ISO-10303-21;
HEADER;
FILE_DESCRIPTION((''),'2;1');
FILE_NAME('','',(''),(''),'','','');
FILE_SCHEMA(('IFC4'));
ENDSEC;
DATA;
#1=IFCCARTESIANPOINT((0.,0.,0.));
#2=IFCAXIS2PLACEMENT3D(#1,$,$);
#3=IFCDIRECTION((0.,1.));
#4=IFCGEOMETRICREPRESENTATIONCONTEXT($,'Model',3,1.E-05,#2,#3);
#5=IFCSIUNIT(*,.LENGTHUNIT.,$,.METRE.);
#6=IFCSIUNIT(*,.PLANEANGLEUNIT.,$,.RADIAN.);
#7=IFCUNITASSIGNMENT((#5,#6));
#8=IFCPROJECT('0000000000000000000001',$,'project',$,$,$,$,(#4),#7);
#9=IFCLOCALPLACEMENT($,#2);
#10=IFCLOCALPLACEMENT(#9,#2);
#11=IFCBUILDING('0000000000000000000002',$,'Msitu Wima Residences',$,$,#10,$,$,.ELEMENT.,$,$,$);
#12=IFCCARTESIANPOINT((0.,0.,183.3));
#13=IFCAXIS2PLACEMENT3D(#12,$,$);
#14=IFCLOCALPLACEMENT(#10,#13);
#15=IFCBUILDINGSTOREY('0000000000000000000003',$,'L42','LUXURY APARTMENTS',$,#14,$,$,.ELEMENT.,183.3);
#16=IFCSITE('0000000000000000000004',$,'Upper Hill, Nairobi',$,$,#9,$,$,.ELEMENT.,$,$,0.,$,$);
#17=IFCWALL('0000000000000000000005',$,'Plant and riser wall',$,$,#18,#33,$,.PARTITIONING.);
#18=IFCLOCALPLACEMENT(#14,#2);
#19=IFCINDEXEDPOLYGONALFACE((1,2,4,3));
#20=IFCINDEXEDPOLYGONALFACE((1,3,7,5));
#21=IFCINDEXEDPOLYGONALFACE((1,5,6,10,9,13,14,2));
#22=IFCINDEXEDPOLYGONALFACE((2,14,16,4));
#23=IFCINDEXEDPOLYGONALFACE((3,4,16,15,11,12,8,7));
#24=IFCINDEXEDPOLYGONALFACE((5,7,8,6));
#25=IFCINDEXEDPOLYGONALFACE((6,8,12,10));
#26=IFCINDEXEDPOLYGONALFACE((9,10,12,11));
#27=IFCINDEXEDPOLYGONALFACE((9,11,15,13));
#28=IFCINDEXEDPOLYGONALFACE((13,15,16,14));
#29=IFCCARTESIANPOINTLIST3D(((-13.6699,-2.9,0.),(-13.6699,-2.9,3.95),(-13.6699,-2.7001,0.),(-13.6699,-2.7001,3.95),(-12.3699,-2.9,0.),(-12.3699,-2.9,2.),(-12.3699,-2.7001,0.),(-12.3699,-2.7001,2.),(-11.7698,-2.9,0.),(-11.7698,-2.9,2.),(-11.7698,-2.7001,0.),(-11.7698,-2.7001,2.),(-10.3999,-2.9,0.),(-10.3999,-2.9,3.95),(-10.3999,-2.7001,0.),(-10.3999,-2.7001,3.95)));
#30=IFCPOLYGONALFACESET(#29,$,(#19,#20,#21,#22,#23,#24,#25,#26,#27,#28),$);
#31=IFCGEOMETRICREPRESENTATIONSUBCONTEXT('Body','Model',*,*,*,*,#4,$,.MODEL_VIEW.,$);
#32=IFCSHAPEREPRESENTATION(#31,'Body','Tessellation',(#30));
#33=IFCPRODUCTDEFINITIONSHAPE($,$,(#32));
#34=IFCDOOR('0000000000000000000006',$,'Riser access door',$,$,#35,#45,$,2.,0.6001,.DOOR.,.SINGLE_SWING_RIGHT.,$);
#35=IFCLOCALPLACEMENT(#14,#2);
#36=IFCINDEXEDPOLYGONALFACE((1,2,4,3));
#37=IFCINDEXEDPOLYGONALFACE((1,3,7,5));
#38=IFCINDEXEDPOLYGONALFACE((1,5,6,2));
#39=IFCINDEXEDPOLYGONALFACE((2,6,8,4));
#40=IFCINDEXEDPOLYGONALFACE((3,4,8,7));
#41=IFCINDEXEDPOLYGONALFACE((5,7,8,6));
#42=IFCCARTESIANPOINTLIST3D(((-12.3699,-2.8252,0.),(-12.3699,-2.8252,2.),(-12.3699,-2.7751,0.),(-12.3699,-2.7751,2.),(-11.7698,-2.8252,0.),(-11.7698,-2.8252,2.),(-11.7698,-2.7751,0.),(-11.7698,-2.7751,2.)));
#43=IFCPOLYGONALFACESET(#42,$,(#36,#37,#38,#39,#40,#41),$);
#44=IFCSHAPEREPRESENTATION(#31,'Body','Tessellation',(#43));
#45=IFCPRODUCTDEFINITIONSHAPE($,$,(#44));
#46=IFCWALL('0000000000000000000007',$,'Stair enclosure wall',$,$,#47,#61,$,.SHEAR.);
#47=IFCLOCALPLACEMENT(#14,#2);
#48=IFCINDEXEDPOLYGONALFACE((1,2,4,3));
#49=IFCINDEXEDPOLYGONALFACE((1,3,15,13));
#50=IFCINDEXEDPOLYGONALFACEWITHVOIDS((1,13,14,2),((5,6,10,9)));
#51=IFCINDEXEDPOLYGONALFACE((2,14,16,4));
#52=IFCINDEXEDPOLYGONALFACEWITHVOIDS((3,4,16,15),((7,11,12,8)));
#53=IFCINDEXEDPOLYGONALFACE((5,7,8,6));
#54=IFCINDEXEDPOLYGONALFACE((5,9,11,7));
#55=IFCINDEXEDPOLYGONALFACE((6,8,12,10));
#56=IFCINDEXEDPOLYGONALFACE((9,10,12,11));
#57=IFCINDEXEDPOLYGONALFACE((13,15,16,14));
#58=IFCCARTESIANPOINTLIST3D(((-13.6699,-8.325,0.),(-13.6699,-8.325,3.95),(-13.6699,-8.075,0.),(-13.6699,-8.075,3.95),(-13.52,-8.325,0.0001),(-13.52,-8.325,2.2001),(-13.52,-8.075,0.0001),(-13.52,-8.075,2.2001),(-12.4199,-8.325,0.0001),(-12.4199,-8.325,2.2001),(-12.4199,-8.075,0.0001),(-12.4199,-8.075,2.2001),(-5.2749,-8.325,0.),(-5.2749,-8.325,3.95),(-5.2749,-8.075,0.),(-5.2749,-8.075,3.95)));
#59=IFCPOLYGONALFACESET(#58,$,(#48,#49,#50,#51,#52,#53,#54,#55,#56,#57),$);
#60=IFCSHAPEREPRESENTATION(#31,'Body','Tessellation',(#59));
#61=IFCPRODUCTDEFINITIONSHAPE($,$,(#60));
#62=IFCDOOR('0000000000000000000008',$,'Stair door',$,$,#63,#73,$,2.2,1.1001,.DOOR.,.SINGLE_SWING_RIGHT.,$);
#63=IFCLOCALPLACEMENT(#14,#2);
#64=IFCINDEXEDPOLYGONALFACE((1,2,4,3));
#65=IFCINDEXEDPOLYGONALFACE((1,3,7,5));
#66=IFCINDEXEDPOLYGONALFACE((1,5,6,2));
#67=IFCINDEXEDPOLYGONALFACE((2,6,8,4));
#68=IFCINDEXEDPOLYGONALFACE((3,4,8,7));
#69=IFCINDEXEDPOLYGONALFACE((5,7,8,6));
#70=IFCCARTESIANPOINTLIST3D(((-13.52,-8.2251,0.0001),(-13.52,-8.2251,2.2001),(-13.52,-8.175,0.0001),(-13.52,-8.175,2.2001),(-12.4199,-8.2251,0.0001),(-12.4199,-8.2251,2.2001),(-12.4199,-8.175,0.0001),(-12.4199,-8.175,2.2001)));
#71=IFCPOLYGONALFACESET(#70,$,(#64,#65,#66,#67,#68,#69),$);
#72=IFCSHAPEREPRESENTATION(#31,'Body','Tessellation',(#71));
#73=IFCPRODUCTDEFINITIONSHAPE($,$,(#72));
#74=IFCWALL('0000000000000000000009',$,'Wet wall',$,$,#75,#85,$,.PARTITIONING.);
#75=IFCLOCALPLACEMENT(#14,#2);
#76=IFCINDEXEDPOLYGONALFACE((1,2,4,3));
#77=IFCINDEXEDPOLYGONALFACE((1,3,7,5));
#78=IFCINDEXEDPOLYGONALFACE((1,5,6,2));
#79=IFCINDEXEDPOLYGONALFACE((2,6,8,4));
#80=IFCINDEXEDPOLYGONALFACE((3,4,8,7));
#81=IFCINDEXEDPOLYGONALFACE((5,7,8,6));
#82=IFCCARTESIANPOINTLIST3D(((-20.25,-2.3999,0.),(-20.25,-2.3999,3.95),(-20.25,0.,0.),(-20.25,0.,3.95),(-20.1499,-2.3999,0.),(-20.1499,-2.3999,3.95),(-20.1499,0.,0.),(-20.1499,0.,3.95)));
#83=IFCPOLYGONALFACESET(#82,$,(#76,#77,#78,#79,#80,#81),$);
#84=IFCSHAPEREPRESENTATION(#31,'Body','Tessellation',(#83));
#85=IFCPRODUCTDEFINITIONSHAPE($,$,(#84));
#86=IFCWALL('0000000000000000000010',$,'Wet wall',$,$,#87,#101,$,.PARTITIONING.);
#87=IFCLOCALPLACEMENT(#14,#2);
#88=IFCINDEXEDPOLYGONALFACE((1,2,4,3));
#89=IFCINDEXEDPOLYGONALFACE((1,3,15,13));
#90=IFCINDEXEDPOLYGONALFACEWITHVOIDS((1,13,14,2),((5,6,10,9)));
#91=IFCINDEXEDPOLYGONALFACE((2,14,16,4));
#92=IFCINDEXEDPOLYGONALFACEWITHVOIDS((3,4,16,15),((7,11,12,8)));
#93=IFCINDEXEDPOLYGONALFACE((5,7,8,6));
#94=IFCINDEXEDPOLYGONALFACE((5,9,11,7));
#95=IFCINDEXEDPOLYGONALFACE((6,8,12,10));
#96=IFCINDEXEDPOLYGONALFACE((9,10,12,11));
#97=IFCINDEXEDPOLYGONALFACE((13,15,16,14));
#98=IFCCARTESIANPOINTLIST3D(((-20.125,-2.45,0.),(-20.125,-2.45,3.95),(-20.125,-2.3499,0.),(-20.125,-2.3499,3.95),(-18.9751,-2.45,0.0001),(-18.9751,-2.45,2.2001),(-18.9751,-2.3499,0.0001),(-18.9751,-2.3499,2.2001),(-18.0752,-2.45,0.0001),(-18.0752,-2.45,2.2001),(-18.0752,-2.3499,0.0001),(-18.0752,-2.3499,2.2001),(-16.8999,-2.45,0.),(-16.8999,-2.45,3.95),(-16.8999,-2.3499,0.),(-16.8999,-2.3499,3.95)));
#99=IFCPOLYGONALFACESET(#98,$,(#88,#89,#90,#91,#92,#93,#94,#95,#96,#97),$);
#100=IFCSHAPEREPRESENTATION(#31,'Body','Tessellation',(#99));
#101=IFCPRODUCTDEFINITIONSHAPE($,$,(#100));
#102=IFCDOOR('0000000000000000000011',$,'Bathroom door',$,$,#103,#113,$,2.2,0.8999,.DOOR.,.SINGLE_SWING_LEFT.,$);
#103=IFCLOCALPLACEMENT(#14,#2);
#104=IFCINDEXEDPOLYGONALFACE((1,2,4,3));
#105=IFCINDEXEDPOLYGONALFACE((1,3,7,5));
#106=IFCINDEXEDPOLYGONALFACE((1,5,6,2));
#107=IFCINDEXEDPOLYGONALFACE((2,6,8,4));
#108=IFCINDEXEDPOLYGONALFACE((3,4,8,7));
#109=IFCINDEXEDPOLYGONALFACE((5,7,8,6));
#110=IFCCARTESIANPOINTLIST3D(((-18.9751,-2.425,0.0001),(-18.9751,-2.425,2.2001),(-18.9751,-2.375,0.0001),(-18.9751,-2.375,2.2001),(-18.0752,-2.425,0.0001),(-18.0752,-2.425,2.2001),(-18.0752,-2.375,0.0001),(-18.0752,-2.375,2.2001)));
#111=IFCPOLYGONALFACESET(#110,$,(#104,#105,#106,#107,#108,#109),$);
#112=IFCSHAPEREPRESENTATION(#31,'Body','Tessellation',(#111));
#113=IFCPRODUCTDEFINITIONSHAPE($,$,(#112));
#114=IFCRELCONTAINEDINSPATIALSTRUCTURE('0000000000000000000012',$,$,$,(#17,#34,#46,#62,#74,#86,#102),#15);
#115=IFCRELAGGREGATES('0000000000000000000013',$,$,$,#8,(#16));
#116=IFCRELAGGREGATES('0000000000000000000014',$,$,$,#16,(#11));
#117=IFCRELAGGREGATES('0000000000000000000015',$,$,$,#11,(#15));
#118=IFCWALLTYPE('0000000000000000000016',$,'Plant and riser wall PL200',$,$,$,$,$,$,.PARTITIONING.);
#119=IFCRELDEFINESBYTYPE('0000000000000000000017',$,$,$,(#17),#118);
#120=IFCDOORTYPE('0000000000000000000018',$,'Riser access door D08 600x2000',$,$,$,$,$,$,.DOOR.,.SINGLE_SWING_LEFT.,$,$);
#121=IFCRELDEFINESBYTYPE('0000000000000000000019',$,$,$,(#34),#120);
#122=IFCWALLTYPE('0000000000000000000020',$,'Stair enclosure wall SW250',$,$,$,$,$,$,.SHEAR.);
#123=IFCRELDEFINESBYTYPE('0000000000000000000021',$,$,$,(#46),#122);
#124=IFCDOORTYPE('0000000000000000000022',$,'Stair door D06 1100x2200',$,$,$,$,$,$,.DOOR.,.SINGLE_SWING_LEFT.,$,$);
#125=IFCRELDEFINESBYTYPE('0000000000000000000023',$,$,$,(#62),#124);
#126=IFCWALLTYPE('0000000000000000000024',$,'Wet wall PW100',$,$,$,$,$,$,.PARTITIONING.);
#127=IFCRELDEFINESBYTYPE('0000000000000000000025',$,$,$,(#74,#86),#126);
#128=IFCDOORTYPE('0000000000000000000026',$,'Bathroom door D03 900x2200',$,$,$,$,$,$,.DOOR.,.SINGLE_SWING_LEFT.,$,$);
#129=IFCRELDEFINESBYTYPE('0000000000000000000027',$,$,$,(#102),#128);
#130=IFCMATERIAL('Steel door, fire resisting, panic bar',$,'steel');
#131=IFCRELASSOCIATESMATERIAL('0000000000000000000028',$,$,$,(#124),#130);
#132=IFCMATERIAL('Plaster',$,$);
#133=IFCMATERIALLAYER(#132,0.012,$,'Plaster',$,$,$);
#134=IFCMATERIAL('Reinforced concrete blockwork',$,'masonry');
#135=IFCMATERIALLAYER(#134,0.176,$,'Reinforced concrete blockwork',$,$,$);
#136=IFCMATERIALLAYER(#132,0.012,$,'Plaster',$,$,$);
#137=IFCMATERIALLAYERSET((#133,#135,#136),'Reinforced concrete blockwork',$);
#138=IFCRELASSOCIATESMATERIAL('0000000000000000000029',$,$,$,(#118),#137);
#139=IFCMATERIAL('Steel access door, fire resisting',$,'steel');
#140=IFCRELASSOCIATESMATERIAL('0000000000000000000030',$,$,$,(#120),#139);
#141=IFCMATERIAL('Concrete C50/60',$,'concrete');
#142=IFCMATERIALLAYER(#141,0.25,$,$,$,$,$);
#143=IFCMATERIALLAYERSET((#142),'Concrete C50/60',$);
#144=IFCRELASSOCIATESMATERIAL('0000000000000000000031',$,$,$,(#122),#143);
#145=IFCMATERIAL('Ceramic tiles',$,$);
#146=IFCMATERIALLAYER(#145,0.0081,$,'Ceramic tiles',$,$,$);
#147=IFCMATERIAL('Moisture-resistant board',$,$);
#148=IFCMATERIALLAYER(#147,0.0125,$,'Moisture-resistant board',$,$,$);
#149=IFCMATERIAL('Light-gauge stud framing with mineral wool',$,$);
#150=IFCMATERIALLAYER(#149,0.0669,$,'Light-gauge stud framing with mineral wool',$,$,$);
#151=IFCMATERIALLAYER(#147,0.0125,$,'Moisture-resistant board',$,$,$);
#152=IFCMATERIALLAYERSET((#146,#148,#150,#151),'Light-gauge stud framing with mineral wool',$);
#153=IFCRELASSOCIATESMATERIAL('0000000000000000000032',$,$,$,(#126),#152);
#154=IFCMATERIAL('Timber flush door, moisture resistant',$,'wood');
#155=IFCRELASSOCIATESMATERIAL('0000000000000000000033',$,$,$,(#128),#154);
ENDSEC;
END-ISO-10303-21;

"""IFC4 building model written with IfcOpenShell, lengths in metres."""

from ifc_helpers import new_model, si_unit, direction, frame, frame_2d, origin, place, context, subcontext, project, spatial, rectangle, extrude, material, layer, layer_set, type_object, element, fill, save


model = new_model("IFC4")

# Units and contexts
model_context = context("Model", 3, precision=1e-05, world=origin(), true_north=direction((0.0, 1.0)))
body_context = subcontext(model_context, "Body", "Model", "MODEL_VIEW")
ifc_project = project(units=[si_unit("LENGTHUNIT", "METRE"), si_unit("PLANEANGLEUNIT", "RADIAN")], contexts=[model_context])

# Site, building, storey
site_placement = place(None, origin())
site = spatial("IfcSite", under=ifc_project, at=site_placement, Name="Upper Hill, Nairobi", CompositionType="ELEMENT", RefElevation=0.0)
building_placement = place(site_placement, origin())
building = spatial("IfcBuilding", under=site, at=building_placement, Name="Msitu Wima Residences", CompositionType="ELEMENT")
storey_placement = place(building_placement, frame((0.0, 0.0, 183.3)))
storey = spatial("IfcBuildingStorey", under=building, at=storey_placement, Name="L42", Description="LUXURY APARTMENTS", CompositionType="ELEMENT", Elevation=183.3)

# Shared definitions
ifc_material_1 = material(Name="Concrete C50/60", Category="concrete")

# Shared definitions
ifc_material_2 = material(Name="Steel door, fire resisting, panic bar", Category="steel")
door_type_1 = type_object("IfcDoorType", Name="Stair door D06 1100x2200", OperationType="SINGLE_SWING_LEFT", PredefinedType="DOOR", material=ifc_material_2)

# Shared definitions
ifc_material_3 = material(Name="Plaster")

# Walls, openings, doors
ifc_layer_1 = layer(ifc_material_3, 0.012, Name="Plaster")
ifc_material_4 = material(Name="Reinforced concrete blockwork", Category="masonry")
ifc_layer_2 = layer(ifc_material_4, 0.176, Name="Reinforced concrete blockwork")
ifc_layer_3 = layer(ifc_material_3, 0.012, Name="Plaster")
ifc_layer_set_1 = layer_set([ifc_layer_1, ifc_layer_2, ifc_layer_3], Name="Reinforced concrete blockwork")
wall_type_1 = type_object("IfcWallType", Name="Plant and riser wall PL200", PredefinedType="PARTITIONING", material=ifc_layer_set_1)
wall_1_placement = place(storey_placement, frame((-13.6699, -2.8, 0.0), z_axis=(0.0, 0.0, 1.0), x_axis=(1.0, 0.0, 0.0)))
wall_1 = element("IfcWall", 1, at=wall_1_placement, inside=storey, type_object=wall_type_1, Name="Plant and riser wall", PredefinedType="PARTITIONING", context=body_context, shape_type="SweptSolid", body=[
    extrude(rectangle(XDim=3.27, YDim=0.2, at=frame_2d((1.635, 0.0))), origin(), (0.0, 0.0, 1.0), 3.95),
])
opening_1_placement = place(wall_1_placement, frame((1.3, 0.0, 0.0)))
opening_1 = element("IfcOpeningElement", 2, at=opening_1_placement, cuts=wall_1, PredefinedType="OPENING", context=body_context, shape_type="SweptSolid", body=[
    extrude(rectangle(XDim=0.6001, YDim=2.0, at=frame_2d((0.3, 1.0))), frame((0.0, 0.1099, 0.0), z_axis=(0.0, -1.0, 0.0), x_axis=(1.0, 0.0, 0.0)), (0.0, 0.0, 1.0), 0.22),
])
ifc_material_5 = material(Name="Steel access door, fire resisting", Category="steel")
door_type_2 = type_object("IfcDoorType", Name="Riser access door D08 600x2000", OperationType="SINGLE_SWING_LEFT", PredefinedType="DOOR", material=ifc_material_5)
door_1_placement = place(opening_1_placement, origin())
door_1 = element("IfcDoor", 3, at=door_1_placement, inside=storey, type_object=door_type_2, Name="Riser access door", OperationType="SINGLE_SWING_RIGHT", OverallHeight=2.0, OverallWidth=0.6001, PredefinedType="DOOR", context=body_context, shape_type="SweptSolid", body=[
    extrude(rectangle(XDim=0.6001, YDim=2.0, at=frame_2d((0.3, 1.0))), frame((0.0, 0.0249, 0.0), z_axis=(0.0, -1.0, 0.0), x_axis=(1.0, 0.0, 0.0)), (0.0, 0.0, 1.0), 0.05),
])
fill(opening_1, door_1)
ifc_layer_4 = layer(ifc_material_1, 0.25)
ifc_layer_set_2 = layer_set([ifc_layer_4], Name="Concrete C50/60")
wall_type_2 = type_object("IfcWallType", Name="Stair enclosure wall SW250", PredefinedType="SHEAR", material=ifc_layer_set_2)
wall_2_placement = place(storey_placement, frame((-13.6699, -8.2, 0.0), z_axis=(0.0, 0.0, 1.0), x_axis=(1.0, 0.0, 0.0)))
wall_2 = element("IfcWall", 4, at=wall_2_placement, inside=storey, type_object=wall_type_2, Name="Stair enclosure wall", PredefinedType="SHEAR", context=body_context, shape_type="SweptSolid", body=[
    extrude(rectangle(XDim=8.395, YDim=0.25, at=frame_2d((4.1975, 0.0))), origin(), (0.0, 0.0, 1.0), 3.95),
])
opening_2_placement = place(wall_2_placement, frame((0.1499, 0.0, 0.0)))
opening_2 = element("IfcOpeningElement", 5, at=opening_2_placement, cuts=wall_2, PredefinedType="OPENING", context=body_context, shape_type="SweptSolid", body=[
    extrude(rectangle(XDim=1.1001, YDim=2.2, at=frame_2d((0.55, 1.1001))), frame((0.0, 0.135, 0.0), z_axis=(0.0, -1.0, 0.0), x_axis=(1.0, 0.0, 0.0)), (0.0, 0.0, 1.0), 0.27),
])
door_2_placement = place(opening_2_placement, origin())
door_2 = element("IfcDoor", 6, at=door_2_placement, inside=storey, type_object=door_type_1, Name="Stair door", OperationType="SINGLE_SWING_RIGHT", OverallHeight=2.2, OverallWidth=1.1001, PredefinedType="DOOR", context=body_context, shape_type="SweptSolid", body=[
    extrude(rectangle(XDim=1.1001, YDim=2.2, at=frame_2d((0.55, 1.1001))), frame((0.0, 0.0249, 0.0), z_axis=(0.0, -1.0, 0.0), x_axis=(1.0, 0.0, 0.0)), (0.0, 0.0, 1.0), 0.05),
])
fill(opening_2, door_2)

# Wall
ifc_material_6 = material(Name="Ceramic tiles")
ifc_layer_5 = layer(ifc_material_6, 0.0081, Name="Ceramic tiles")
ifc_material_7 = material(Name="Moisture-resistant board")
ifc_layer_6 = layer(ifc_material_7, 0.0125, Name="Moisture-resistant board")
ifc_material_8 = material(Name="Light-gauge stud framing with mineral wool")
ifc_layer_7 = layer(ifc_material_8, 0.0669, Name="Light-gauge stud framing with mineral wool")
ifc_layer_8 = layer(ifc_material_7, 0.0125, Name="Moisture-resistant board")
ifc_layer_set_3 = layer_set([ifc_layer_5, ifc_layer_6, ifc_layer_7, ifc_layer_8], Name="Light-gauge stud framing with mineral wool")
wall_type_3 = type_object("IfcWallType", Name="Wet wall PW100", PredefinedType="PARTITIONING", material=ifc_layer_set_3)
wall_3_placement = place(storey_placement, frame((-20.2, -2.3999, 0.0), z_axis=(0.0, 0.0, 1.0), x_axis=(0.0, 1.0, 0.0)))
element("IfcWall", 7, at=wall_3_placement, inside=storey, type_object=wall_type_3, Name="Wet wall", PredefinedType="PARTITIONING", context=body_context, shape_type="SweptSolid", body=[
    extrude(rectangle(XDim=2.3999, YDim=0.1001, at=frame_2d((1.2, 0.0))), origin(), (0.0, 0.0, 1.0), 3.95),
])

# Wall, opening, door
wall_4_placement = place(storey_placement, frame((-20.125, -2.3999, 0.0), z_axis=(0.0, 0.0, 1.0), x_axis=(1.0, 0.0, 0.0)))
wall_4 = element("IfcWall", 8, at=wall_4_placement, inside=storey, type_object=wall_type_3, Name="Wet wall", PredefinedType="PARTITIONING", context=body_context, shape_type="SweptSolid", body=[
    extrude(rectangle(XDim=3.2251, YDim=0.1001, at=frame_2d((1.6125, 0.0))), origin(), (0.0, 0.0, 1.0), 3.95),
])
opening_3_placement = place(wall_4_placement, frame((1.1499, 0.0, 0.0)))
opening_3 = element("IfcOpeningElement", 9, at=opening_3_placement, cuts=wall_4, PredefinedType="OPENING", context=body_context, shape_type="SweptSolid", body=[
    extrude(rectangle(XDim=0.8999, YDim=2.2, at=frame_2d((0.45, 1.1001))), frame((0.0, 0.0601, 0.0), z_axis=(0.0, -1.0, 0.0), x_axis=(1.0, 0.0, 0.0)), (0.0, 0.0, 1.0), 0.1201),
])
ifc_material_9 = material(Name="Timber flush door, moisture resistant", Category="wood")
door_type_3 = type_object("IfcDoorType", Name="Bathroom door D03 900x2200", OperationType="SINGLE_SWING_LEFT", PredefinedType="DOOR", material=ifc_material_9)
door_3_placement = place(opening_3_placement, origin())
door_3 = element("IfcDoor", 10, at=door_3_placement, inside=storey, type_object=door_type_3, Name="Bathroom door", OperationType="SINGLE_SWING_LEFT", OverallHeight=2.2, OverallWidth=0.8999, PredefinedType="DOOR", context=body_context, shape_type="SweptSolid", body=[
    extrude(rectangle(XDim=0.8999, YDim=2.2, at=frame_2d((0.45, 1.1001))), frame((0.0, 0.0249, 0.0), z_axis=(0.0, -1.0, 0.0), x_axis=(1.0, 0.0, 0.0)), (0.0, 0.0, 1.0), 0.05),
])
fill(opening_3, door_3)

save(model, "model.ifc")
